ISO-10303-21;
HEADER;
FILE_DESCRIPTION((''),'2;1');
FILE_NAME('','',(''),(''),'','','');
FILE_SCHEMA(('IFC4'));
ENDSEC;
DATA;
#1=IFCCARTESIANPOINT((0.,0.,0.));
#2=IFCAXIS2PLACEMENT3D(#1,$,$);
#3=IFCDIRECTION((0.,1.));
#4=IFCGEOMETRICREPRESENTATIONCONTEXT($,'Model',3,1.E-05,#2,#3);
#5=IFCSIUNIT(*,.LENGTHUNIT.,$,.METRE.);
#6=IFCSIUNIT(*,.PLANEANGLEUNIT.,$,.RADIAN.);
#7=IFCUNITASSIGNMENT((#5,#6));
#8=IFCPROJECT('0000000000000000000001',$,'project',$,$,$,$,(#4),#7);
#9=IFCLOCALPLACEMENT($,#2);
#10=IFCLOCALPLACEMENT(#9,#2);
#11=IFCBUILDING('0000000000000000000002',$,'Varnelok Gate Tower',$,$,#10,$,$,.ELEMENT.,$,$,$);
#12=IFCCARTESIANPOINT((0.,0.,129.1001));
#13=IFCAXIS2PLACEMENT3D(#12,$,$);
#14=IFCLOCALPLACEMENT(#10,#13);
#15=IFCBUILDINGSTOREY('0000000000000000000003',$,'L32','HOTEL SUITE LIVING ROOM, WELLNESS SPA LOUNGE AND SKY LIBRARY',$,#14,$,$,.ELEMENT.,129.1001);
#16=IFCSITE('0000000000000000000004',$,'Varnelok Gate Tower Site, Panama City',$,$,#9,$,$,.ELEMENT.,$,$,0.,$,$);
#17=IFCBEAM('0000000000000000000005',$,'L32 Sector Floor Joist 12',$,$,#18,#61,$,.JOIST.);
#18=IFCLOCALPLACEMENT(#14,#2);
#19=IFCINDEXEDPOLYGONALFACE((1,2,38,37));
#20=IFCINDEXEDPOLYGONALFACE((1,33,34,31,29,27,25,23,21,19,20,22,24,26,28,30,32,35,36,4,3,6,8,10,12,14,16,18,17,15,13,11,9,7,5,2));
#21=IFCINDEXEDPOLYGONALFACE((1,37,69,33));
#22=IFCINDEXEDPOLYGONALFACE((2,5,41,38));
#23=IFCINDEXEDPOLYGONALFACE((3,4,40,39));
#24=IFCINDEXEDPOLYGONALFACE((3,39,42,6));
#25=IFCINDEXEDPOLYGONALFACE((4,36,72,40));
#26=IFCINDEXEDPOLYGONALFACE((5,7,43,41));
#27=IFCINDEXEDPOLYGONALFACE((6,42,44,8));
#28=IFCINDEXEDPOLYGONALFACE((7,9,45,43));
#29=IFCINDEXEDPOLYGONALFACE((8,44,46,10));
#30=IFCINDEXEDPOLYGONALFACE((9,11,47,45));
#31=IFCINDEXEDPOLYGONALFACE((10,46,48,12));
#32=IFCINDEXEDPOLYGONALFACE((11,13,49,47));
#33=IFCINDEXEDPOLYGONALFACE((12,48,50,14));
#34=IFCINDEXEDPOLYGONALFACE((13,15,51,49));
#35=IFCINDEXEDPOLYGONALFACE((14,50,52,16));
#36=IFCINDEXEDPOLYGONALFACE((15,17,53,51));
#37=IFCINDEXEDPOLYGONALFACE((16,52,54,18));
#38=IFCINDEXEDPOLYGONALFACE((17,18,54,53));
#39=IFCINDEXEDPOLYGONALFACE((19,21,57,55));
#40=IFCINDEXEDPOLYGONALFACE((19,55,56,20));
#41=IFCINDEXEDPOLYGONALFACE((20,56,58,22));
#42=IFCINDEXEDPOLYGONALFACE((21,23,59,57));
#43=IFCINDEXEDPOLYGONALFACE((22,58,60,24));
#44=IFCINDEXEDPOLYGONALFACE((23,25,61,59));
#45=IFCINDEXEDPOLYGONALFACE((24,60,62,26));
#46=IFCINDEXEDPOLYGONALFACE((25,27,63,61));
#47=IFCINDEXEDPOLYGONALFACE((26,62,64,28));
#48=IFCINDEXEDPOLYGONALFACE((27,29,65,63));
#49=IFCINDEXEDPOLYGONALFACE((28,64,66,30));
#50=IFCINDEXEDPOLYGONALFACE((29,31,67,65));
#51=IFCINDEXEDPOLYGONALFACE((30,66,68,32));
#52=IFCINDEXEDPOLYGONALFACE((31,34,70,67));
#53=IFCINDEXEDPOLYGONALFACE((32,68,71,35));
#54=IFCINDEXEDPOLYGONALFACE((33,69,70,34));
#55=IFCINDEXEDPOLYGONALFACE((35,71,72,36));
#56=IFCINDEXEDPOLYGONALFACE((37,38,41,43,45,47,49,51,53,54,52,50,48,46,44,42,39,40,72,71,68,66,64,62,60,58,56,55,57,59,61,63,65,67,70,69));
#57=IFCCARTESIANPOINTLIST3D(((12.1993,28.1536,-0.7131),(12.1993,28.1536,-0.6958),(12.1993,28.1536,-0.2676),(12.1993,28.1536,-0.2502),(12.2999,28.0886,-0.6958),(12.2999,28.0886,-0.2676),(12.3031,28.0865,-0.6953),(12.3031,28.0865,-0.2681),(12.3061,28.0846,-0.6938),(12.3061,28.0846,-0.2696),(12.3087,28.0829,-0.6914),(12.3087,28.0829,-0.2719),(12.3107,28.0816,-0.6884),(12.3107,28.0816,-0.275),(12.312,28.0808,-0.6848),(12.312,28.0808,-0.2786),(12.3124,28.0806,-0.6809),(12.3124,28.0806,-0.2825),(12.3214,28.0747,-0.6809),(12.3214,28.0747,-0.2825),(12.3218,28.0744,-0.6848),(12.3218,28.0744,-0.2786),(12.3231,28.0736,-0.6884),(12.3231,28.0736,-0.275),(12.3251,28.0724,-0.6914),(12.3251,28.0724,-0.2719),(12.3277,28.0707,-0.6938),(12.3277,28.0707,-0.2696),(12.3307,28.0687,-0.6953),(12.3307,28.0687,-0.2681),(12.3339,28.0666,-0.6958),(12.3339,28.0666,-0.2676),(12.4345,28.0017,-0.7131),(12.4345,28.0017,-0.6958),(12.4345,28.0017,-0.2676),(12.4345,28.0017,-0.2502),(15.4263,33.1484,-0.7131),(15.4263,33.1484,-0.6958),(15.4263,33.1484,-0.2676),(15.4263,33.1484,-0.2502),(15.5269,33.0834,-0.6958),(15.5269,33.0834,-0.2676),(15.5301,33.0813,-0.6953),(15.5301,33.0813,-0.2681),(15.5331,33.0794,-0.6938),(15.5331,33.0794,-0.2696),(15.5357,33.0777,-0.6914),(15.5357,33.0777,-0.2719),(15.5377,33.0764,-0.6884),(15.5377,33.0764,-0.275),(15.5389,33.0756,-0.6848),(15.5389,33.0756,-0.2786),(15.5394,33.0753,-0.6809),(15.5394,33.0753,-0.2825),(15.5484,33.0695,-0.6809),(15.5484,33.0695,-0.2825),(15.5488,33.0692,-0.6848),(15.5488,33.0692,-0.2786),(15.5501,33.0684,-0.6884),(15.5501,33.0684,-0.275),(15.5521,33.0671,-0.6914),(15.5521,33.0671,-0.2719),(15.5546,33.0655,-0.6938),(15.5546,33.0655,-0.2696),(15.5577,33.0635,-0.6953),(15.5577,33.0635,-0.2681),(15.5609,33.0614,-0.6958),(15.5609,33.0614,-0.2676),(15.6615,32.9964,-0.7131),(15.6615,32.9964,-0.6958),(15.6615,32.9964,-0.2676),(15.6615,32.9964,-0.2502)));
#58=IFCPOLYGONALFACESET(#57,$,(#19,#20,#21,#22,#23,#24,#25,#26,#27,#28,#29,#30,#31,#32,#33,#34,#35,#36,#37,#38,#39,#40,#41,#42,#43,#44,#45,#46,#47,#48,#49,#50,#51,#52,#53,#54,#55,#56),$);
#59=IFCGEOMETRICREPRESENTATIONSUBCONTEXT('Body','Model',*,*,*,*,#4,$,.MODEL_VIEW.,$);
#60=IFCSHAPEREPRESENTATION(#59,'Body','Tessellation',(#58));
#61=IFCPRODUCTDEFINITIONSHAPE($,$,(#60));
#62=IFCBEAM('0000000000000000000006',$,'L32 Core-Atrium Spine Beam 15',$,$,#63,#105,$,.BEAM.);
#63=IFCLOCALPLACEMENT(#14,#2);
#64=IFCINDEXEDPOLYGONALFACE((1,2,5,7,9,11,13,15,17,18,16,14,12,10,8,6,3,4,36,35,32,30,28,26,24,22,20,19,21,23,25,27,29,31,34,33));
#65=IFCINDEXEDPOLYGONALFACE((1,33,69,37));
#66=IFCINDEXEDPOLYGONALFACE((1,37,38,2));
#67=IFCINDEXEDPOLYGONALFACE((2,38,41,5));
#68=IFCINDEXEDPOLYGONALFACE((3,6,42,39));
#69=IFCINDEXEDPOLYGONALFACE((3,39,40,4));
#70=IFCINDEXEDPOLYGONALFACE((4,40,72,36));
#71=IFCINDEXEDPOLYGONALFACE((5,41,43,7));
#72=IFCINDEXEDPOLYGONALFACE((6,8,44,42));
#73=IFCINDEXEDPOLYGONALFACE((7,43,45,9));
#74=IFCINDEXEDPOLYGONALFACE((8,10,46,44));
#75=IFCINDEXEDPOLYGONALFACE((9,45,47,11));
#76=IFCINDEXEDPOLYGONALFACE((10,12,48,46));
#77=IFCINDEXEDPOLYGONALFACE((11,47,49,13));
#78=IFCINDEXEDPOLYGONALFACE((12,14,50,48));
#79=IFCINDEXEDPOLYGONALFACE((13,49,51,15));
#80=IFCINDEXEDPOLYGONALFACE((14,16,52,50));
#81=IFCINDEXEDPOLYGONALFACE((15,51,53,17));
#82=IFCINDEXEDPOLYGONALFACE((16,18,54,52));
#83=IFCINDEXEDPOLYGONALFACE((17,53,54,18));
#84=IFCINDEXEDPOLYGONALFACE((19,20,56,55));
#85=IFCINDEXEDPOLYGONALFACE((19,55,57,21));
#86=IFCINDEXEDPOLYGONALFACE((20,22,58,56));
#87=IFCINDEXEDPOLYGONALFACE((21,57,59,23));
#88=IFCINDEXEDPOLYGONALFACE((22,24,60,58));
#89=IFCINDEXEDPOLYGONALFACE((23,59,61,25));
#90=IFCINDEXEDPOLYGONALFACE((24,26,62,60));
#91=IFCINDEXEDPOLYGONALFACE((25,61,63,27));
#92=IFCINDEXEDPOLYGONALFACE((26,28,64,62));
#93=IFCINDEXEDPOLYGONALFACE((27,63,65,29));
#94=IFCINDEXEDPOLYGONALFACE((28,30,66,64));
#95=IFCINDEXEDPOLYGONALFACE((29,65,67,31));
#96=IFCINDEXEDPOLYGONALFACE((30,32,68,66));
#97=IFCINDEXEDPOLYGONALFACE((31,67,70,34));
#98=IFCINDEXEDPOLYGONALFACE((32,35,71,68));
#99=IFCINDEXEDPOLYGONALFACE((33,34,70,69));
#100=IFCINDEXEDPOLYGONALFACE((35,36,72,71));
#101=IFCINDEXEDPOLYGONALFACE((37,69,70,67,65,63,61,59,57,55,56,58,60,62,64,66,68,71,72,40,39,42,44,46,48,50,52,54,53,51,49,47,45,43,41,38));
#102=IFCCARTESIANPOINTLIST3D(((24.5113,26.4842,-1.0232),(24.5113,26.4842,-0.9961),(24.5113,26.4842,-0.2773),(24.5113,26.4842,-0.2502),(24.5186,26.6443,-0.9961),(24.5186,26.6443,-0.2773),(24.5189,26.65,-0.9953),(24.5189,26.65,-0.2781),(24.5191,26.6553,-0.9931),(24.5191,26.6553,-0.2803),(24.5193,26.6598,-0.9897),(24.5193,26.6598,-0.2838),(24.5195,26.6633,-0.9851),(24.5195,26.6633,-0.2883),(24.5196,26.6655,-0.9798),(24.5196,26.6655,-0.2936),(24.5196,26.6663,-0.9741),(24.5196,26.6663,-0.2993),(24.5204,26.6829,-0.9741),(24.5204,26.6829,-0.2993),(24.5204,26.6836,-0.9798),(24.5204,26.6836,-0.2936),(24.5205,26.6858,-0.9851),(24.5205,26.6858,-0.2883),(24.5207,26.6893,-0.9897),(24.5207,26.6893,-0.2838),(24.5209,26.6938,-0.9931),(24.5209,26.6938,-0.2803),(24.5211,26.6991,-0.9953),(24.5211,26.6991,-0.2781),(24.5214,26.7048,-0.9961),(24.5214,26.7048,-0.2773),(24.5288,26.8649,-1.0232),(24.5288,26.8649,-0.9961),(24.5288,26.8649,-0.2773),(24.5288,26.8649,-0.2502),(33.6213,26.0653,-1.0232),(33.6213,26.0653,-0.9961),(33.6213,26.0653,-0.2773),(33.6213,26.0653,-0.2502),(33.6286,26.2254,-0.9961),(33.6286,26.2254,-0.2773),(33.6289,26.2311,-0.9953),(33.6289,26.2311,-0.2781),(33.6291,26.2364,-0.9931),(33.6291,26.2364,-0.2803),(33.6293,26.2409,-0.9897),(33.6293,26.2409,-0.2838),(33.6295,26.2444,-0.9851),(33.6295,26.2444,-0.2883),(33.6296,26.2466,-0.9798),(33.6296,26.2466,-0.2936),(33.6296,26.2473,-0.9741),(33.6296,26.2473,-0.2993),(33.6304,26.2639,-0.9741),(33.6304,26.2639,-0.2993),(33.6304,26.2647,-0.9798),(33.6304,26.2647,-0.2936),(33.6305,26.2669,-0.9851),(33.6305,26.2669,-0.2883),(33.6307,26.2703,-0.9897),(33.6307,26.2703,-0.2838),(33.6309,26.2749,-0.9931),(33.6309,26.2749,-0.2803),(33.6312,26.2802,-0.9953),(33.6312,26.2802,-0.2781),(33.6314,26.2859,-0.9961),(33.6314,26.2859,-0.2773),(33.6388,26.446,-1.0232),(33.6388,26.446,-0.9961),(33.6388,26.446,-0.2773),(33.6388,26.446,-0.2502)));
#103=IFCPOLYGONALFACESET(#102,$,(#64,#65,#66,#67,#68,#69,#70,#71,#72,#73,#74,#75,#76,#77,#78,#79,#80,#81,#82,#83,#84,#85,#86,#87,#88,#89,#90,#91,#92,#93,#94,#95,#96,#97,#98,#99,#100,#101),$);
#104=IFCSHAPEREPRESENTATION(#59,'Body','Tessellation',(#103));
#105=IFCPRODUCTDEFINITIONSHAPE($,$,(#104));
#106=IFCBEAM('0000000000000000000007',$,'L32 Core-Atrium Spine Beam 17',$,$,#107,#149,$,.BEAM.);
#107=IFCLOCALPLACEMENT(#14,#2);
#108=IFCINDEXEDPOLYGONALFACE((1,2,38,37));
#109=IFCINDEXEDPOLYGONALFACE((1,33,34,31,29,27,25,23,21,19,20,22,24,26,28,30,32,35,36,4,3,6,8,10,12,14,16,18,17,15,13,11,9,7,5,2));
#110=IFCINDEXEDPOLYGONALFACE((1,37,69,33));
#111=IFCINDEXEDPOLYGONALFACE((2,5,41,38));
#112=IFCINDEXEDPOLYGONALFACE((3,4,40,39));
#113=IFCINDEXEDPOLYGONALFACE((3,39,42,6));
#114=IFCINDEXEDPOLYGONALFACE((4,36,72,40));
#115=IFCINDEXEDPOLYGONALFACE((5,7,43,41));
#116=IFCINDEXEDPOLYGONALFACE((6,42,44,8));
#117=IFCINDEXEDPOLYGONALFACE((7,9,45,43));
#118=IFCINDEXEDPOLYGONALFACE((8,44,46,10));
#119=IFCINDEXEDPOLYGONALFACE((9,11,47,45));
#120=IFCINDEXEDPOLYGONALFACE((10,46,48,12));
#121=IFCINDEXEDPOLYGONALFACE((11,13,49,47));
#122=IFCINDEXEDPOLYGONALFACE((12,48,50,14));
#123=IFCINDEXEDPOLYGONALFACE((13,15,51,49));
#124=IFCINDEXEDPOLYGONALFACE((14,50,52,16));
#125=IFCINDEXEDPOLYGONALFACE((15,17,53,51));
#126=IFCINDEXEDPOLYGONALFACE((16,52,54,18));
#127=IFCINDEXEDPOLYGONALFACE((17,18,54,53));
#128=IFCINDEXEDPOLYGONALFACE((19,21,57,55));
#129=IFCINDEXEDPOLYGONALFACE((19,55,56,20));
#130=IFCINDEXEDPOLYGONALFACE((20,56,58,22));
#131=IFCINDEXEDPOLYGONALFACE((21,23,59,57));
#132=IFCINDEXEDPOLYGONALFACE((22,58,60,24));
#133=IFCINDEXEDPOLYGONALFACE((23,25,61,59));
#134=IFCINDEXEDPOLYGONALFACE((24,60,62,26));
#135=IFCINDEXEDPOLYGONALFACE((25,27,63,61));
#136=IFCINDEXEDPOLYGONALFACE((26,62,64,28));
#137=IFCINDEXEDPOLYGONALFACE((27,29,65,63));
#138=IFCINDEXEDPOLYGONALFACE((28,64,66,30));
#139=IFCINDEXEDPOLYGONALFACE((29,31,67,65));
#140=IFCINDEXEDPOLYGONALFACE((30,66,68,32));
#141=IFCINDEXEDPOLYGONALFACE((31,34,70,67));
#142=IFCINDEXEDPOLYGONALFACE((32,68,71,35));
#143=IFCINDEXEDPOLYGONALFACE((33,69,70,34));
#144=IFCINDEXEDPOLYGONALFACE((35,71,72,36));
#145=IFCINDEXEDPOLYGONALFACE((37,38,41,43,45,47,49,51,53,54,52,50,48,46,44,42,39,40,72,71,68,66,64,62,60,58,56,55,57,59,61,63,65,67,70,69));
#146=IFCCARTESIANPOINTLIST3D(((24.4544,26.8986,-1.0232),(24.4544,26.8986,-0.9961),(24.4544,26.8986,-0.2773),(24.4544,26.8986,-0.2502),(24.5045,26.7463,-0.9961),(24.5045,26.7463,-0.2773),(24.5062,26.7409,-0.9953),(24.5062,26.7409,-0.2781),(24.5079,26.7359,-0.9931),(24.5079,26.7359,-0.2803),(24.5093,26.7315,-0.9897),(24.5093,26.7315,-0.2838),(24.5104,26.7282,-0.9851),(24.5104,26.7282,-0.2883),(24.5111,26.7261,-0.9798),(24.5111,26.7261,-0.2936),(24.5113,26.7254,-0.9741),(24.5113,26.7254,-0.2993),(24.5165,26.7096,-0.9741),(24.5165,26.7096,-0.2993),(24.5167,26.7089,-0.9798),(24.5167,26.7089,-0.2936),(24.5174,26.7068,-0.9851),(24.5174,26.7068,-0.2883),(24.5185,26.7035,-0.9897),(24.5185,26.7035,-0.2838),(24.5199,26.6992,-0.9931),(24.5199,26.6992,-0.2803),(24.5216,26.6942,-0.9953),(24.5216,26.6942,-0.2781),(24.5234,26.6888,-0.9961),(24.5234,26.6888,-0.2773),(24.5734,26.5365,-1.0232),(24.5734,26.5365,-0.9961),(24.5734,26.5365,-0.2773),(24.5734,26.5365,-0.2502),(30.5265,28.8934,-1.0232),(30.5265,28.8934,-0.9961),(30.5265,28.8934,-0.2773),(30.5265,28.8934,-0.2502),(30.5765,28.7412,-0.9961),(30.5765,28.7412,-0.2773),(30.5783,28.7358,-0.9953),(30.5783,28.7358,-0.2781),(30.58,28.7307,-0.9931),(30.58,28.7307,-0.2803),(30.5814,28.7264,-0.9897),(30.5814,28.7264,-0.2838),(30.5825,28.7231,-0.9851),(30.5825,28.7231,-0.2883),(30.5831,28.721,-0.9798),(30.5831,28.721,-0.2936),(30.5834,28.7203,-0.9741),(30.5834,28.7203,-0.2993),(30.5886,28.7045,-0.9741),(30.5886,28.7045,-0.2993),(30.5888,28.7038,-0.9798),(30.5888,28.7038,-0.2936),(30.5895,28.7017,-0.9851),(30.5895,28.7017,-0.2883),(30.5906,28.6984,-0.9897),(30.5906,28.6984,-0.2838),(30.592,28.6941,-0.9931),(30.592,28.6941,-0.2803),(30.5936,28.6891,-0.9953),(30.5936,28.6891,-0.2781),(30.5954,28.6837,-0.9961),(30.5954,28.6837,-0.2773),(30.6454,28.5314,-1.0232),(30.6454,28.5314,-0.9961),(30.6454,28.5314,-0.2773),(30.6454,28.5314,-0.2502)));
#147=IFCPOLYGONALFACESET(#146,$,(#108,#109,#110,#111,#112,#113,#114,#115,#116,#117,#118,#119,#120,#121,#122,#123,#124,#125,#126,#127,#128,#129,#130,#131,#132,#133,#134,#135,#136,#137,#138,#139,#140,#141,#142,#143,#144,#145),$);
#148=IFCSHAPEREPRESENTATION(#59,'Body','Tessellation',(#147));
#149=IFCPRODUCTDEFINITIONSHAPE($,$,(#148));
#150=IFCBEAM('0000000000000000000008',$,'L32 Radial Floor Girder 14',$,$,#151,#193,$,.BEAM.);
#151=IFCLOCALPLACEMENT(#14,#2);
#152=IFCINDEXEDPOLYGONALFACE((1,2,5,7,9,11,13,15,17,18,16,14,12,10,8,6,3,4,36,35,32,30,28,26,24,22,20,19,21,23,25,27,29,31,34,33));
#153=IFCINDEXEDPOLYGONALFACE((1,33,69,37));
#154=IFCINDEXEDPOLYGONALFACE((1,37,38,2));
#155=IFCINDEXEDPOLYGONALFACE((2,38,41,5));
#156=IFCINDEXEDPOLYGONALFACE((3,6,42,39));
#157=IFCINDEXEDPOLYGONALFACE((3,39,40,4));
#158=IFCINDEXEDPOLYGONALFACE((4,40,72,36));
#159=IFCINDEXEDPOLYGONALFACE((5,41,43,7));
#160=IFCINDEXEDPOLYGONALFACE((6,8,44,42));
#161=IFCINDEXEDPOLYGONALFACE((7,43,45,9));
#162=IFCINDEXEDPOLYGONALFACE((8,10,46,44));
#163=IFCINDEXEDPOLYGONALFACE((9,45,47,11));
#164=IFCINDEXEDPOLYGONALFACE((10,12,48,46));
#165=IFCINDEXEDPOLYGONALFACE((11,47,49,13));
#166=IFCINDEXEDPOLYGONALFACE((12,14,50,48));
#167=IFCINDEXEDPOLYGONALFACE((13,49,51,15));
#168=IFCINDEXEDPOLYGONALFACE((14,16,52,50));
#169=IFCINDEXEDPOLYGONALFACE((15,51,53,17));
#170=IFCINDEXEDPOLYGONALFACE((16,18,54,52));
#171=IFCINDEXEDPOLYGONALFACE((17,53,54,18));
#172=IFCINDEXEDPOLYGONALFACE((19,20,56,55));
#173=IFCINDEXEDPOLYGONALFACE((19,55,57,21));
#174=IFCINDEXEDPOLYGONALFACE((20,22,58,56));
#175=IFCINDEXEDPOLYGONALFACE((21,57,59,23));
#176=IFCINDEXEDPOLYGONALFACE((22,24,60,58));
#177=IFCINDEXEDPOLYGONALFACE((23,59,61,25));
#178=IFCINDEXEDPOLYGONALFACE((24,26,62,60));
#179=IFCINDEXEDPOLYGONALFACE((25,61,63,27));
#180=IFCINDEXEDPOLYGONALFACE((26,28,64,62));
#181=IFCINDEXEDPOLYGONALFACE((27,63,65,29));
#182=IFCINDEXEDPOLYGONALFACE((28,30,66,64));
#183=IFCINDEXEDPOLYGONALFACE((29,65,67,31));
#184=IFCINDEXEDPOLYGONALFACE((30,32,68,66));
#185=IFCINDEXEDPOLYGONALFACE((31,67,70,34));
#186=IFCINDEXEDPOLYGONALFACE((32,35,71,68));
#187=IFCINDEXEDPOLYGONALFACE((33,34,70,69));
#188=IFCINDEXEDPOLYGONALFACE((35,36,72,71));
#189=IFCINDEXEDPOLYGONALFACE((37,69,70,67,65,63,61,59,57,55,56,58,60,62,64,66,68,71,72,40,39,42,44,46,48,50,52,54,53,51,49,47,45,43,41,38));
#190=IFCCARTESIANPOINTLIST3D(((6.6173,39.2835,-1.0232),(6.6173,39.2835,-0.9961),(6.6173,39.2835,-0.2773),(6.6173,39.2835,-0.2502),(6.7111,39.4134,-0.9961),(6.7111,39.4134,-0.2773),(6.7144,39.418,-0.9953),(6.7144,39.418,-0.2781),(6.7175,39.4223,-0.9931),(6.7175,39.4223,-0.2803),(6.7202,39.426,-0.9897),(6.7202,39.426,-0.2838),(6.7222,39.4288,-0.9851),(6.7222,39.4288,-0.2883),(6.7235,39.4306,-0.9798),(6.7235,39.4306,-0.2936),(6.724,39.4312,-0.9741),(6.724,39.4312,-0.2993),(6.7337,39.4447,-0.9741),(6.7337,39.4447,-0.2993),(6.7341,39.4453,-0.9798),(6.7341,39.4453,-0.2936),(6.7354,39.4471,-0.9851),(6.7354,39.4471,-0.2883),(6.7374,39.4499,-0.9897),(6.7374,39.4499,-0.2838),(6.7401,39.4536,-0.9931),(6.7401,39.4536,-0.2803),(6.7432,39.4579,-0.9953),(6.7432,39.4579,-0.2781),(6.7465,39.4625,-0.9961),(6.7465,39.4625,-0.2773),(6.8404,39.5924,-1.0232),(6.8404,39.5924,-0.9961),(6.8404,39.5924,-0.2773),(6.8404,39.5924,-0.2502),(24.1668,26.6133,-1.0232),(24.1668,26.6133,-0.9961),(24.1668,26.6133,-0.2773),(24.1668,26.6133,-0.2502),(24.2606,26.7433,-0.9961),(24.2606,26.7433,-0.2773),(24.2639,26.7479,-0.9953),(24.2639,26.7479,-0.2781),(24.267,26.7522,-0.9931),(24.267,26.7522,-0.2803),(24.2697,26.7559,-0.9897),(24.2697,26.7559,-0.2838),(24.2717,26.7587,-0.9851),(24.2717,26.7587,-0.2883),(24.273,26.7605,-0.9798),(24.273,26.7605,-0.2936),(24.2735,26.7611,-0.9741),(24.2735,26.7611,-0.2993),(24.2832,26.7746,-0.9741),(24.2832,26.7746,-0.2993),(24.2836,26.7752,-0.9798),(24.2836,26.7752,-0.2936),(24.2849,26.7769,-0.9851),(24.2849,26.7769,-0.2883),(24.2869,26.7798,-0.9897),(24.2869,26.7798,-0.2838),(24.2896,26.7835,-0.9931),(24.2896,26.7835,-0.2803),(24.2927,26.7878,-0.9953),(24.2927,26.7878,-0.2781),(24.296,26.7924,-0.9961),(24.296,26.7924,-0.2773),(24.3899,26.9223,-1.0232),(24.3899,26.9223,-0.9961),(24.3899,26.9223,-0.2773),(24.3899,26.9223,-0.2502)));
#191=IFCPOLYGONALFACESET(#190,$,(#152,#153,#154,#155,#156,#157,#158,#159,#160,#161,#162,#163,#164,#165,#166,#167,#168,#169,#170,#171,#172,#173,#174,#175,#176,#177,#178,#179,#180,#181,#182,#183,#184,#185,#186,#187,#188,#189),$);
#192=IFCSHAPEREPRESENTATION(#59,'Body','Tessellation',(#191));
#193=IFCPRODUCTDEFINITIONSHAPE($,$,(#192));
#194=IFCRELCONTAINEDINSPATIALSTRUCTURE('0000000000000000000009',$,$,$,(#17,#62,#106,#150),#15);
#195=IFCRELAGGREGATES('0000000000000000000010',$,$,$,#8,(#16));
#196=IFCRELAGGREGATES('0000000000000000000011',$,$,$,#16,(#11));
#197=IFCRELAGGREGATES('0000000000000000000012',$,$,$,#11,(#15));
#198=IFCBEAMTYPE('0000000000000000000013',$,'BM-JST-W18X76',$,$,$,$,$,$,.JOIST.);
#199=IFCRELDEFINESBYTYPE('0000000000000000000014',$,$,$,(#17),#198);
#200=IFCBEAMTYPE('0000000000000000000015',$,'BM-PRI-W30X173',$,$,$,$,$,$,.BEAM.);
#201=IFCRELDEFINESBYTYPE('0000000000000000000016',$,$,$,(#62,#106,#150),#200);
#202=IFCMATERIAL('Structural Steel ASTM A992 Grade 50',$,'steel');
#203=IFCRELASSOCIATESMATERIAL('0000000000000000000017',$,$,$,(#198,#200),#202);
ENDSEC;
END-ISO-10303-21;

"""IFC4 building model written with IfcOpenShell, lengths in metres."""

from ifc_helpers import new_model, si_unit, direction, frame, origin, origin_2d, place, context, subcontext, project, spatial, i_section, extrude, material, material_profile, profile_set, type_object, element, save


model = new_model("IFC4")

# Units and contexts
model_context = context("Model", 3, precision=1e-05, world=origin(), true_north=direction((0.0, 1.0)))
body_context = subcontext(model_context, "Body", "Model", "MODEL_VIEW")
ifc_project = project(units=[si_unit("LENGTHUNIT", "METRE"), si_unit("PLANEANGLEUNIT", "RADIAN")], contexts=[model_context])

# Site, building, storey
site_placement = place(None, origin())
site = spatial("IfcSite", under=ifc_project, at=site_placement, Name="Varnelok Gate Tower Site, Panama City", CompositionType="ELEMENT", RefElevation=0.0)
building_placement = place(site_placement, origin())
building = spatial("IfcBuilding", under=site, at=building_placement, Name="Varnelok Gate Tower", CompositionType="ELEMENT")
storey_placement = place(building_placement, frame((0.0, 0.0, 129.1001)))
storey = spatial("IfcBuildingStorey", under=building, at=storey_placement, Name="L32", Description="HOTEL SUITE LIVING ROOM, WELLNESS SPA LOUNGE AND SKY LIBRARY", CompositionType="ELEMENT", Elevation=129.1001)

# Shared definitions
ifc_material_1 = material(Name="Structural Steel ASTM A992 Grade 50", Category="steel")

# Beams
ifc_material_profile_1 = material_profile(ifc_material_1, i_section(OverallWidth=0.28, OverallDepth=0.4629, WebThickness=0.0107, FlangeThickness=0.0173, FilletRadius=0.0149, at=origin_2d()), Name="W18X76")
ifc_profile_set_1 = profile_set([ifc_material_profile_1], Name="Structural Steel ASTM A992 Grade 50")
beam_type_1 = type_object("IfcBeamType", Name="BM-JST-W18X76", PredefinedType="JOIST", material=ifc_profile_set_1)
beam_1_placement = place(storey_placement, frame((12.3169, 28.0776, -0.4817), z_axis=(0.542667, 0.839948, 0.0), x_axis=(-0.839948, 0.542667, 0.0)))
element("IfcBeam", 1, at=beam_1_placement, inside=storey, type_object=beam_type_1, Name="L32 Sector Floor Joist 12", PredefinedType="JOIST", context=body_context, shape_type="SweptSolid", body=[
    extrude(i_section(OverallWidth=0.28, OverallDepth=0.4629, WebThickness=0.0107, FlangeThickness=0.0173, FilletRadius=0.0149, at=origin_2d()), origin(), (0.0, 0.0, 1.0), 5.9465),
])
ifc_material_profile_2 = material_profile(ifc_material_1, i_section(OverallWidth=0.3811, OverallDepth=0.7729, WebThickness=0.0166, FlangeThickness=0.0271, FilletRadius=0.022, at=origin_2d()), Name="W30X173")
ifc_profile_set_2 = profile_set([ifc_material_profile_2], Name="Structural Steel ASTM A992 Grade 50")
beam_type_2 = type_object("IfcBeamType", Name="BM-PRI-W30X173", PredefinedType="BEAM", material=ifc_profile_set_2)
beam_2_placement = place(storey_placement, frame((24.52, 26.6746, -0.6367), z_axis=(0.998944, -0.045938, 0.0), x_axis=(0.045938, 0.998944, 0.0)))
element("IfcBeam", 2, at=beam_2_placement, inside=storey, type_object=beam_type_2, Name="L32 Core-Atrium Spine Beam 15", PredefinedType="BEAM", context=body_context, shape_type="SweptSolid", body=[
    extrude(i_section(OverallWidth=0.3811, OverallDepth=0.7729, WebThickness=0.0166, FlangeThickness=0.0271, FilletRadius=0.022, at=origin_2d()), origin(), (0.0, 0.0, 1.0), 9.1196),
])
beam_3_placement = place(storey_placement, frame((24.5139, 26.7175, -0.6367), z_axis=(0.950042, 0.312122, 0.0), x_axis=(-0.312122, 0.950042, 0.0)))
element("IfcBeam", 3, at=beam_3_placement, inside=storey, type_object=beam_type_2, Name="L32 Core-Atrium Spine Beam 17", PredefinedType="BEAM", context=body_context, shape_type="SweptSolid", body=[
    extrude(i_section(OverallWidth=0.3811, OverallDepth=0.7729, WebThickness=0.0166, FlangeThickness=0.0271, FilletRadius=0.022, at=origin_2d()), origin(), (0.0, 0.0, 1.0), 6.3914),
])
beam_4_placement = place(storey_placement, frame((24.2783, 26.7678, -0.6367), z_axis=(-0.810778, 0.585353, 0.0), x_axis=(-0.585353, -0.810778, 0.0)))
element("IfcBeam", 4, at=beam_4_placement, inside=storey, type_object=beam_type_2, Name="L32 Radial Floor Girder 14", PredefinedType="BEAM", context=body_context, shape_type="SweptSolid", body=[
    extrude(i_section(OverallWidth=0.3811, OverallDepth=0.7729, WebThickness=0.0166, FlangeThickness=0.0271, FilletRadius=0.022, at=origin_2d()), origin(), (0.0, 0.0, 1.0), 21.6453),
])

save(model, "model.ifc")
